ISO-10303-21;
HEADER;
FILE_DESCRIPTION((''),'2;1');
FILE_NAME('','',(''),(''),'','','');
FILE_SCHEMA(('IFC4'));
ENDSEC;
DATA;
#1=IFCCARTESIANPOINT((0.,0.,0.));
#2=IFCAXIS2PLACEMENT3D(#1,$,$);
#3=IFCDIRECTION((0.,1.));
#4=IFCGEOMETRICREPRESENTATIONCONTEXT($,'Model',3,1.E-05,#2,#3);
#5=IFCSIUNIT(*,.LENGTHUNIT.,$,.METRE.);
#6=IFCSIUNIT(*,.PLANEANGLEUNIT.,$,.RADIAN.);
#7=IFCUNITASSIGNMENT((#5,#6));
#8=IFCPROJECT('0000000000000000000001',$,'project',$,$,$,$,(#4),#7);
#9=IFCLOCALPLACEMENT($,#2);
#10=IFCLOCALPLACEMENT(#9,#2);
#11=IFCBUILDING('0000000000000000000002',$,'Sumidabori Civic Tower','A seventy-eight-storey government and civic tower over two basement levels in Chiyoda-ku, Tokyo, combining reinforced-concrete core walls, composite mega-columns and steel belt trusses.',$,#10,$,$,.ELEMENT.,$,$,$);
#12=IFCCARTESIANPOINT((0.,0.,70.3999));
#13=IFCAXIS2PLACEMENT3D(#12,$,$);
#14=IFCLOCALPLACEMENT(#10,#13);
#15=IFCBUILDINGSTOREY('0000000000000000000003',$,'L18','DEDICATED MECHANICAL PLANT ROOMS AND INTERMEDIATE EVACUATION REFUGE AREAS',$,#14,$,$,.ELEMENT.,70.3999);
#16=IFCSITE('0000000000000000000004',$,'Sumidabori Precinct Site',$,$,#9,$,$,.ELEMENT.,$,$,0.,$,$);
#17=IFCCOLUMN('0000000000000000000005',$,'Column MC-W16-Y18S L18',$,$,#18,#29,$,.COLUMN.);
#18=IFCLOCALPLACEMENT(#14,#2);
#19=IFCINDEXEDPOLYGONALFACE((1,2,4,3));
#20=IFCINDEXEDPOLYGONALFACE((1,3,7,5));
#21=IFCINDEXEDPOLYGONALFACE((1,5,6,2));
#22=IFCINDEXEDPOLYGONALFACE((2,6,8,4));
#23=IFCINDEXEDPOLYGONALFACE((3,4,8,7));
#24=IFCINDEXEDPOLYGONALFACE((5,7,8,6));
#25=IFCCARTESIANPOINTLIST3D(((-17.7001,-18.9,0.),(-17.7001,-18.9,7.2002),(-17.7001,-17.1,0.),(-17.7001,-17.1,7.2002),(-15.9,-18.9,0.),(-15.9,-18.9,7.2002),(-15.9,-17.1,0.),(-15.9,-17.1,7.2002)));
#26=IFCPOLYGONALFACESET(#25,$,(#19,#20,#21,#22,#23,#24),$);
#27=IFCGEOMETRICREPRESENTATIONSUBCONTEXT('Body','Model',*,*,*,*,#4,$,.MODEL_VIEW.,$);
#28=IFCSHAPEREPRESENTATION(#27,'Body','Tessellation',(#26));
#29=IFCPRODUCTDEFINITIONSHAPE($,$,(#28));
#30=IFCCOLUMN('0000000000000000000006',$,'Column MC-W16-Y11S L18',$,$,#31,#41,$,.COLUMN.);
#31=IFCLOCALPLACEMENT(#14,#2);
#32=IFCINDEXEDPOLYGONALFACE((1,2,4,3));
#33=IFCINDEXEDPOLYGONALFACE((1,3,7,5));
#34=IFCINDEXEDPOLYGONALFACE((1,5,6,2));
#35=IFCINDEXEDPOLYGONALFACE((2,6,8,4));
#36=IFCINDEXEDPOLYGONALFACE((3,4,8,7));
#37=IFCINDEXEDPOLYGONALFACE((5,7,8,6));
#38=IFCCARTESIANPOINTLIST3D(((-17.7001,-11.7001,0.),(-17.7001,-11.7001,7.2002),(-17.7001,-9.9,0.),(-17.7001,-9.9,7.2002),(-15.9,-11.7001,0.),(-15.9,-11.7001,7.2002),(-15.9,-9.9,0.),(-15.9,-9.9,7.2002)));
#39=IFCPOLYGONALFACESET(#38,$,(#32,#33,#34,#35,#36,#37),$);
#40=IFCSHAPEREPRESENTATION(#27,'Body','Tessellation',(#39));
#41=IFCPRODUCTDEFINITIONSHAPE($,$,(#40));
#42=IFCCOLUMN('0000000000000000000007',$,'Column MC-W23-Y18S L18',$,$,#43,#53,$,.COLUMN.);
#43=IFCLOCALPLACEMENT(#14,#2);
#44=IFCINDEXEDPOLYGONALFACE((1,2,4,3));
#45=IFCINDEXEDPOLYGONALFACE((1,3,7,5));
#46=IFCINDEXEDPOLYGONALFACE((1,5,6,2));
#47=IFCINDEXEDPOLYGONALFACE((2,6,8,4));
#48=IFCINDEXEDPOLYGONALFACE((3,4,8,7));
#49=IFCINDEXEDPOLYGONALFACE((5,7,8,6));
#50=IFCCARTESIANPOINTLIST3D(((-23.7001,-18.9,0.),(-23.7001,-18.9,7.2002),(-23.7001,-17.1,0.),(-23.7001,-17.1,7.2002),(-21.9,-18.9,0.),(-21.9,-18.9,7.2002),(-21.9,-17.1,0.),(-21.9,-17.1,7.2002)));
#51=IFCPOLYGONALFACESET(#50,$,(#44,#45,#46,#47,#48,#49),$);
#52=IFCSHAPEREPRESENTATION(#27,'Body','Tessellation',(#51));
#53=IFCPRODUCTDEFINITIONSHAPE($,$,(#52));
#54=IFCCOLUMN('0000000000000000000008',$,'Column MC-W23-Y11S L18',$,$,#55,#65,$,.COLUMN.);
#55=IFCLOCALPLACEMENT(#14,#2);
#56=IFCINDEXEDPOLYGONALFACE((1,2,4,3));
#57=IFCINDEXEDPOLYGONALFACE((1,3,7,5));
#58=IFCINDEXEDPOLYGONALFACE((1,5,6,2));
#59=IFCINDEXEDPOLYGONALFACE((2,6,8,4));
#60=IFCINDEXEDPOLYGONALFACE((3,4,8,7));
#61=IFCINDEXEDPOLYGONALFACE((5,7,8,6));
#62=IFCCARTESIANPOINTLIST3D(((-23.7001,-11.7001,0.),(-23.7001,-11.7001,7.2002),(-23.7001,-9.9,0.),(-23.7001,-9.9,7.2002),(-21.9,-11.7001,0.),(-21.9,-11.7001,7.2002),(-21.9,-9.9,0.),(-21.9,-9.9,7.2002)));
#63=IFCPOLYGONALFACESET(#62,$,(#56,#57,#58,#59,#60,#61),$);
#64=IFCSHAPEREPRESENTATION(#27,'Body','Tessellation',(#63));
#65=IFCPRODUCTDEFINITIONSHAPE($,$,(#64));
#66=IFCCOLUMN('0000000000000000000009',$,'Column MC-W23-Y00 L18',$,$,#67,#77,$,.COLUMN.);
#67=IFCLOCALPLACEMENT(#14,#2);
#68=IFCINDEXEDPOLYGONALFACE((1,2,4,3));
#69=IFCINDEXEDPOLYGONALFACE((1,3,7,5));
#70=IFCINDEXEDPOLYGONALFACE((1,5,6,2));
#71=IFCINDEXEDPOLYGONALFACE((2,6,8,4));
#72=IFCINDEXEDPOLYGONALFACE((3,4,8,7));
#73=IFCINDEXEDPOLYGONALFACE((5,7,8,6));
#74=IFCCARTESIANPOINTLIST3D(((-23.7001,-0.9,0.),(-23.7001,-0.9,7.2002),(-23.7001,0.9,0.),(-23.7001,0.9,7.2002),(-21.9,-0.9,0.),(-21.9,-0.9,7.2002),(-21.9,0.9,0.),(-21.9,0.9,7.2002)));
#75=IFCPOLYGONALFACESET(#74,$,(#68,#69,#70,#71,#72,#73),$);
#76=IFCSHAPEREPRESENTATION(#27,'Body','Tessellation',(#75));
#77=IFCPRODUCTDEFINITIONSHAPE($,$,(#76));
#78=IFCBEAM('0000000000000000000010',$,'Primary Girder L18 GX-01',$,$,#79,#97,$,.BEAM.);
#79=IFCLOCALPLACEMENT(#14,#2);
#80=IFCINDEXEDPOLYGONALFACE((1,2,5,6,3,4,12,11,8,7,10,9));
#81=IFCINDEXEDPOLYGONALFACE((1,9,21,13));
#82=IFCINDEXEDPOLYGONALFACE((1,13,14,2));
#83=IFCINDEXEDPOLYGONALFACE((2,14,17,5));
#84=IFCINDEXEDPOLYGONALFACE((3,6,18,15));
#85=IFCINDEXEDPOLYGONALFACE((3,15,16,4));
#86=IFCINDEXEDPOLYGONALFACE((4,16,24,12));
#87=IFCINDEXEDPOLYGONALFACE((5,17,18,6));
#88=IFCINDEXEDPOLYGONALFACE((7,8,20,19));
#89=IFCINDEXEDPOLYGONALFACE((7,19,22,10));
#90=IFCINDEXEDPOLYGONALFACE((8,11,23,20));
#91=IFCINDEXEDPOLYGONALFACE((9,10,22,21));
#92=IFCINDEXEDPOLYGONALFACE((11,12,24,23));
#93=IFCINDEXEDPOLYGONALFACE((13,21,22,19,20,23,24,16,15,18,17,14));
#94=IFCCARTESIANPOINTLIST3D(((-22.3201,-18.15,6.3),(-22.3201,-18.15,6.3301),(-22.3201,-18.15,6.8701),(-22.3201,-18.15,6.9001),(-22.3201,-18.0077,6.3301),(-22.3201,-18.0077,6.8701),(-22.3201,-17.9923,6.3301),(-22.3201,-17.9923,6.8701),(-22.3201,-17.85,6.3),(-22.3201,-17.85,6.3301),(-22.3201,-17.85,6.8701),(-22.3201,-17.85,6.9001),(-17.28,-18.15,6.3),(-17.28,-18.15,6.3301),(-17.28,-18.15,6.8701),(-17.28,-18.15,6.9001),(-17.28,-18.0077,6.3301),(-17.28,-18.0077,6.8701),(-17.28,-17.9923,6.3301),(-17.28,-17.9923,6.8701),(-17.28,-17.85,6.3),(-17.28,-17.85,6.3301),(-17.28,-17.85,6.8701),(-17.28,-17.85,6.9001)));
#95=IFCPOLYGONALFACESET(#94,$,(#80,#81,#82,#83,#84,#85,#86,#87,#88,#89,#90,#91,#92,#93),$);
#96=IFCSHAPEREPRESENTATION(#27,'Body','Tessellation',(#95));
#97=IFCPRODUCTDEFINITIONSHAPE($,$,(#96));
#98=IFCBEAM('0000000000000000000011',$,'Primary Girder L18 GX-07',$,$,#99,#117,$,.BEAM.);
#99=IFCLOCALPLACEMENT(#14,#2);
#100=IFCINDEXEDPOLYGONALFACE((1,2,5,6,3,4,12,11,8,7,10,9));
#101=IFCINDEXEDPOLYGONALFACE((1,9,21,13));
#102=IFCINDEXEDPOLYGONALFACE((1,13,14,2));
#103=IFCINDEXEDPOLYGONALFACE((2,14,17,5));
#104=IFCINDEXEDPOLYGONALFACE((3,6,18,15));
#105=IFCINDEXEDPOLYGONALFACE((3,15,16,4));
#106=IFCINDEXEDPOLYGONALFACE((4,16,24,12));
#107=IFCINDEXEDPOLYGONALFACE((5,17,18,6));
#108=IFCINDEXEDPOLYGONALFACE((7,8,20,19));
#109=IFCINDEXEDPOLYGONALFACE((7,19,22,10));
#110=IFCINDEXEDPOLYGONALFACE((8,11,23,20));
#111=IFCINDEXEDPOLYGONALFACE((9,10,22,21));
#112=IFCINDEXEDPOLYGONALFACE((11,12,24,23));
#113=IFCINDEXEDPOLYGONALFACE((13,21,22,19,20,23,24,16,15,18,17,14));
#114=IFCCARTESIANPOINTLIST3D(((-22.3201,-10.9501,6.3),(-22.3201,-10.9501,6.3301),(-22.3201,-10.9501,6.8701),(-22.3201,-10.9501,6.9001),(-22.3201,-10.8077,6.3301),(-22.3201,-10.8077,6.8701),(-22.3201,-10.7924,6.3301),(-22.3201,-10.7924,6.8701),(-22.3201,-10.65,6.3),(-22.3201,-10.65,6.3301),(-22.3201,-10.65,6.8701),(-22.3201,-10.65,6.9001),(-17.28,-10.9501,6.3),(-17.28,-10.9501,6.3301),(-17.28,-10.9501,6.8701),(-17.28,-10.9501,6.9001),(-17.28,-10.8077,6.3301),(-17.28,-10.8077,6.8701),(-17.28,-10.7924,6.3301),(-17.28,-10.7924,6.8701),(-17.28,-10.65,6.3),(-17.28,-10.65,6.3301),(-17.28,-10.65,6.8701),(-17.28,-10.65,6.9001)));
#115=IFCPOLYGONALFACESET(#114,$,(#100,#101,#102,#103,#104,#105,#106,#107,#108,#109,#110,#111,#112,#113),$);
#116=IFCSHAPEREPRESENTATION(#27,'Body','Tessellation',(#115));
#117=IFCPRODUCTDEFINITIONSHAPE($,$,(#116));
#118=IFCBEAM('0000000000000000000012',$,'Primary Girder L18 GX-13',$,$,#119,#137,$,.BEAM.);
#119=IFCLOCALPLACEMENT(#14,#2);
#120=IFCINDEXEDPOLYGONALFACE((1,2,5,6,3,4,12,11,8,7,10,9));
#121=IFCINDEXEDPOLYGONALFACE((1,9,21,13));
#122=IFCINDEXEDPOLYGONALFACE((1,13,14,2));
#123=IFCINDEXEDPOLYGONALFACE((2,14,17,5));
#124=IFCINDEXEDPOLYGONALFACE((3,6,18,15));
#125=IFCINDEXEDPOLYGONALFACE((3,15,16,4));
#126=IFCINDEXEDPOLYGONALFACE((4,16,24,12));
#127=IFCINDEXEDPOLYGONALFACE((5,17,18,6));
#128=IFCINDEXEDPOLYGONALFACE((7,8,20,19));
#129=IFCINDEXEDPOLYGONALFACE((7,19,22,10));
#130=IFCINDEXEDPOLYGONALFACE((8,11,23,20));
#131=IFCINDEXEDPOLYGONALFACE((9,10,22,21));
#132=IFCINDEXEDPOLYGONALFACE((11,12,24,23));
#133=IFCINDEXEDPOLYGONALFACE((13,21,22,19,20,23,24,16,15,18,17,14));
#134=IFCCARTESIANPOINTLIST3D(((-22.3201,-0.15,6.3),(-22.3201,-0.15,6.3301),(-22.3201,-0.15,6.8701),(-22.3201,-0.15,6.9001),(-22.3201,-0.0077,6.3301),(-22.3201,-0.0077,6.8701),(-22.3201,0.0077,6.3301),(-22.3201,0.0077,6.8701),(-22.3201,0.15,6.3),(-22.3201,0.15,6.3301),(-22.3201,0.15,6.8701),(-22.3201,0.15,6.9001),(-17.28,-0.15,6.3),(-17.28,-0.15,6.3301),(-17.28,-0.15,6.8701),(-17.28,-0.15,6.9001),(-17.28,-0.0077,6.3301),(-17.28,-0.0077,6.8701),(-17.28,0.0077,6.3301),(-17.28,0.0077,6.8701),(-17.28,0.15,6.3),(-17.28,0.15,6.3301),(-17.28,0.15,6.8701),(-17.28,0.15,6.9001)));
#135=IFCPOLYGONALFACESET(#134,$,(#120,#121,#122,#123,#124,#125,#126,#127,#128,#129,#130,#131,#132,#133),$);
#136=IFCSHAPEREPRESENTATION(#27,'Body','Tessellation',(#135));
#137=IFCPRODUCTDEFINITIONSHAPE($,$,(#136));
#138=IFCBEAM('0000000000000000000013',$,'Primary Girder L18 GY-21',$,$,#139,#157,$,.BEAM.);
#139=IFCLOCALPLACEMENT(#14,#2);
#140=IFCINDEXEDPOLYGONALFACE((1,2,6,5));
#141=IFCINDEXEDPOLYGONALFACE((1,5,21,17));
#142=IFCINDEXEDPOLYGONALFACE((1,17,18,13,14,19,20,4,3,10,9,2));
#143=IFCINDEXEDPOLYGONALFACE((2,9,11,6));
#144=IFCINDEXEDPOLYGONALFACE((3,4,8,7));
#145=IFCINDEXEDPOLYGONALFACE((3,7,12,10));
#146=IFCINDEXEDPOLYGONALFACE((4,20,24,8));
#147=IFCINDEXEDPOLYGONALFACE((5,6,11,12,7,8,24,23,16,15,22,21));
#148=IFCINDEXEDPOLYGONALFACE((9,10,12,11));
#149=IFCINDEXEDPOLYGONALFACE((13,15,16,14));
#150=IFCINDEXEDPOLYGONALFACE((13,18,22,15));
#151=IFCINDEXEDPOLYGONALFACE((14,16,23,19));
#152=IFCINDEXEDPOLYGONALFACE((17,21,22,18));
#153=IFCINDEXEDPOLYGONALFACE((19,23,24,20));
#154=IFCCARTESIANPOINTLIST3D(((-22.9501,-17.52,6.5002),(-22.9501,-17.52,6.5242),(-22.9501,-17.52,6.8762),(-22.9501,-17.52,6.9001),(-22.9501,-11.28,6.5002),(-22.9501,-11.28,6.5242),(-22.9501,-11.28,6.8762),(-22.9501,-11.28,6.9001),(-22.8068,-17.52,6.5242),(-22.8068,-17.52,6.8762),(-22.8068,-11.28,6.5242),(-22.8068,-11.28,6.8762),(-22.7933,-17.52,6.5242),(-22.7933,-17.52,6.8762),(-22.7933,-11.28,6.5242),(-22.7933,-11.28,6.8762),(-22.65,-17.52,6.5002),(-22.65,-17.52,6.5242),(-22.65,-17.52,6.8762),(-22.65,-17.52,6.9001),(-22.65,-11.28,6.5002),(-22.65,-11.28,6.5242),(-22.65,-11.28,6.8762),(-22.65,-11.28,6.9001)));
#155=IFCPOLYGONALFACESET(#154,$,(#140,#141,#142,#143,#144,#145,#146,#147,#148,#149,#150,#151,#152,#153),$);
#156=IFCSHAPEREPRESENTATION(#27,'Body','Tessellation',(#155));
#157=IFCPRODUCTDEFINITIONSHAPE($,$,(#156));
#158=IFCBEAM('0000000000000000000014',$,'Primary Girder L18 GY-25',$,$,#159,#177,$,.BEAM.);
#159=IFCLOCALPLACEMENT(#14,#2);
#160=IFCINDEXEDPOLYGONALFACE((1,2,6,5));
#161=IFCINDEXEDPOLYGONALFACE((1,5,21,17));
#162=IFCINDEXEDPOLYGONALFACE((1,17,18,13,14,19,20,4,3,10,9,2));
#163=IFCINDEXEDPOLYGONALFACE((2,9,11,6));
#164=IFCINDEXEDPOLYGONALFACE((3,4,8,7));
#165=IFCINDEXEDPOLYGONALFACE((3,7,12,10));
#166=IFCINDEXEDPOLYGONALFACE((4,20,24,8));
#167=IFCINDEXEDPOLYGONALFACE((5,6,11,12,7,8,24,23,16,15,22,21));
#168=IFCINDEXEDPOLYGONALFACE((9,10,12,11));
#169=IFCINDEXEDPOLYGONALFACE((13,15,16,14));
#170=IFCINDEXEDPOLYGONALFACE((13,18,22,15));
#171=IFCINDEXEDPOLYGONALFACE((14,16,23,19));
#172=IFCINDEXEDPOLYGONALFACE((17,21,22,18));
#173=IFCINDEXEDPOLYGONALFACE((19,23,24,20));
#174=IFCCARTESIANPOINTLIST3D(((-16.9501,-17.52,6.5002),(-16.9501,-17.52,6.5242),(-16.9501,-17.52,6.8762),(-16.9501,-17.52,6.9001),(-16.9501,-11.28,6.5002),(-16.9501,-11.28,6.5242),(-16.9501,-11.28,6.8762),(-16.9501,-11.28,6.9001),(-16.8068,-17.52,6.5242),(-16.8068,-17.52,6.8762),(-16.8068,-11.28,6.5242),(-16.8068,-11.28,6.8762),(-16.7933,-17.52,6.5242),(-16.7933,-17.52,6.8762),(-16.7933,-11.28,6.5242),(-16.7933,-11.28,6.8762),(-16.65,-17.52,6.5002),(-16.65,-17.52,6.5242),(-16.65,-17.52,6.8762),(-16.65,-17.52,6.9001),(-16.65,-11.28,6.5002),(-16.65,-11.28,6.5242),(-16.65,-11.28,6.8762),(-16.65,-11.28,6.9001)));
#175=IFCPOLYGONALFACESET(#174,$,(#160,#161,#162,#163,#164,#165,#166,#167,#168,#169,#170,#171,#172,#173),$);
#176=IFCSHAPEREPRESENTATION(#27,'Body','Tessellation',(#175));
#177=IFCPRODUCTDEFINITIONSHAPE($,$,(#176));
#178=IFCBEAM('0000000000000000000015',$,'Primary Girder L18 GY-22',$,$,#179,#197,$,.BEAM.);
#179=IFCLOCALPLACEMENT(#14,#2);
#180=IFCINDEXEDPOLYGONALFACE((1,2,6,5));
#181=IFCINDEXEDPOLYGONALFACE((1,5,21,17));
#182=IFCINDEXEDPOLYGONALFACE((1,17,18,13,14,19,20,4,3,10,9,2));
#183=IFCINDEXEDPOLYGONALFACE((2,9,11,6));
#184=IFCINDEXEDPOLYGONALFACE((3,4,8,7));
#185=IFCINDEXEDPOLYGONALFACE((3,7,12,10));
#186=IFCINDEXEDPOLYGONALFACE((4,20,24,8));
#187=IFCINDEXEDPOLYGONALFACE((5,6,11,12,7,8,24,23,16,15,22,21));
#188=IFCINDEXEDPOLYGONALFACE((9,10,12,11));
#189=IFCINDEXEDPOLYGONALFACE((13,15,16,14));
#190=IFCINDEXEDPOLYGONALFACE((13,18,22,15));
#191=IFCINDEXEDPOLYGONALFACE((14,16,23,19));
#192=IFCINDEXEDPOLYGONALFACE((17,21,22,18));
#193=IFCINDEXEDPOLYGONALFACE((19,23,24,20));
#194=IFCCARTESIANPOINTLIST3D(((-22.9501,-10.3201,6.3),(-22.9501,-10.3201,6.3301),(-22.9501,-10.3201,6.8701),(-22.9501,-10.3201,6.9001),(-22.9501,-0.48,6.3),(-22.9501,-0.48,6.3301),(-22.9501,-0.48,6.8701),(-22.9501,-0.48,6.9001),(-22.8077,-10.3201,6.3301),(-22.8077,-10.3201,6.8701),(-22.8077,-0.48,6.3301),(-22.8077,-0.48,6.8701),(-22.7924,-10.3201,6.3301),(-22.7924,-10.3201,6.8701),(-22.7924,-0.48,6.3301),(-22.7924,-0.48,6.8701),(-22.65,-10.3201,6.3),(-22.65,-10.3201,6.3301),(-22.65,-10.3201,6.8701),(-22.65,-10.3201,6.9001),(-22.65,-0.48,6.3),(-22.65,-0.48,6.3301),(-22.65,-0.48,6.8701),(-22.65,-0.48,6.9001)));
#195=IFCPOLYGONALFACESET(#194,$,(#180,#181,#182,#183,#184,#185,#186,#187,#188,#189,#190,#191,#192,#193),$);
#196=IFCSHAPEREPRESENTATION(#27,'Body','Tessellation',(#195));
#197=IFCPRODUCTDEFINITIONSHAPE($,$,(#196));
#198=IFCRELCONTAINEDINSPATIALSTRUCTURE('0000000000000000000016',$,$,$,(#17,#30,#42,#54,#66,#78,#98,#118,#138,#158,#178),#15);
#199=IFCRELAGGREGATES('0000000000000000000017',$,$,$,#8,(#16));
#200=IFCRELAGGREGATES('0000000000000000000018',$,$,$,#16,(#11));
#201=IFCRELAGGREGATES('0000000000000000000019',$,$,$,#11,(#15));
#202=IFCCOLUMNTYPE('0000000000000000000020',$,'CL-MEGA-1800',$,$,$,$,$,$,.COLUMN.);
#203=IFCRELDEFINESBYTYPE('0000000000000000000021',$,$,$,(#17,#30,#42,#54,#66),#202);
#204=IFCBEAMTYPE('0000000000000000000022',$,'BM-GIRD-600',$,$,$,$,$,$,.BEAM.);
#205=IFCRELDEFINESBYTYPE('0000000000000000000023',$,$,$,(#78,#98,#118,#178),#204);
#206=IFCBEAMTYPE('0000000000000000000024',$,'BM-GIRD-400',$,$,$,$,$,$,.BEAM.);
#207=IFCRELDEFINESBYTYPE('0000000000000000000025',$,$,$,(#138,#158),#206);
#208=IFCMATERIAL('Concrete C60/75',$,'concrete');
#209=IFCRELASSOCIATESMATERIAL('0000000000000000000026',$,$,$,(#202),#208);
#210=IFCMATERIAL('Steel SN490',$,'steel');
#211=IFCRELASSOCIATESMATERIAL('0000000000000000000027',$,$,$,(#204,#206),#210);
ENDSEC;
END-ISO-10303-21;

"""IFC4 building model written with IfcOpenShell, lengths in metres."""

from ifc_helpers import new_model, si_unit, direction, frame, origin, origin_2d, place, context, subcontext, project, spatial, rectangle, i_section, extrude, source, transform, mapped, material, material_profile, profile_set, type_object, element, save


model = new_model("IFC4")

# Units and contexts
model_context = context("Model", 3, precision=1e-05, world=origin(), true_north=direction((0.0, 1.0)))
body_context = subcontext(model_context, "Body", "Model", "MODEL_VIEW")
ifc_project = project(units=[si_unit("LENGTHUNIT", "METRE"), si_unit("PLANEANGLEUNIT", "RADIAN")], contexts=[model_context])

# Site, building, storey
site_placement = place(None, origin())
site = spatial("IfcSite", under=ifc_project, at=site_placement, Name="Sumidabori Precinct Site", CompositionType="ELEMENT", RefElevation=0.0)
building_placement = place(site_placement, origin())
building = spatial("IfcBuilding", under=site, at=building_placement, Name="Sumidabori Civic Tower", Description="A seventy-eight-storey government and civic tower over two basement levels in Chiyoda-ku, Tokyo, combining reinforced-concrete core walls, composite mega-columns and steel belt trusses.", CompositionType="ELEMENT")
storey_placement = place(building_placement, frame((0.0, 0.0, 70.3999)))
storey = spatial("IfcBuildingStorey", under=building, at=storey_placement, Name="L18", Description="DEDICATED MECHANICAL PLANT ROOMS AND INTERMEDIATE EVACUATION REFUGE AREAS", CompositionType="ELEMENT", Elevation=70.3999)

# Columns
ifc_material_1 = material(Name="Concrete C60/75", Category="concrete")
ifc_material_profile_1 = material_profile(ifc_material_1, rectangle(XDim=1.8, YDim=1.8, at=origin_2d()), Name="RC 1800x1800")
ifc_profile_set_1 = profile_set([ifc_material_profile_1], Name="Concrete C60/75")
column_type = type_object("IfcColumnType", Name="CL-MEGA-1800", PredefinedType="COLUMN", material=ifc_profile_set_1)
shared_shape_1 = source(origin(), body_context, "Body", "SweptSolid", [
    extrude(rectangle(XDim=1.8, YDim=1.8, at=origin_2d()), origin(), (0.0, 0.0, 1.0), 7.2002),
])
for number, where, z_axis, x_axis, name in (
    (1, (-16.8, -18.0, 0.0), (0.0, 0.0, 1.0), (1.0, 0.0, 0.0), "Column MC-W16-Y18S L18"),
    (2, (-16.8, -10.8, 0.0), (0.0, 0.0, 1.0), (1.0, 0.0, 0.0), "Column MC-W16-Y11S L18"),
    (3, (-22.8, -18.0, 0.0), (0.0, 0.0, 1.0), (1.0, 0.0, 0.0), "Column MC-W23-Y18S L18"),
    (4, (-22.8, -10.8, 0.0), (0.0, 0.0, 1.0), (1.0, 0.0, 0.0), "Column MC-W23-Y11S L18"),
    (5, (-22.8, 0.0, 0.0), (0.0, 0.0, 1.0), (1.0, 0.0, 0.0), "Column MC-W23-Y00 L18"),
):
    element("IfcColumn", number, at=place(storey_placement, frame(where, z_axis=z_axis, x_axis=x_axis)), inside=storey, type_object=column_type, Name=name, PredefinedType="COLUMN", context=body_context, shape_type="MappedRepresentation", body=[
        mapped(shared_shape_1, transform((0.0, 0.0, 0.0), x_axis=(1.0, 0.0, 0.0), y_axis=(0.0, 1.0, 0.0), z_axis=(0.0, 0.0, 1.0), scale=1.0)),
    ])

# Beams
ifc_material_2 = material(Name="Steel SN490", Category="steel")
ifc_material_profile_2 = material_profile(ifc_material_2, i_section(OverallWidth=0.3, OverallDepth=0.6001, WebThickness=0.0154, FlangeThickness=0.03, at=origin_2d()), Name="HE 600 B")
ifc_profile_set_2 = profile_set([ifc_material_profile_2], Name="Steel SN490")
beam_type_1 = type_object("IfcBeamType", Name="BM-GIRD-600", PredefinedType="BEAM", material=ifc_profile_set_2)
shared_shape_2 = source(origin(), body_context, "Body", "SweptSolid", [
    extrude(i_section(OverallWidth=0.3, OverallDepth=0.6001, WebThickness=0.0154, FlangeThickness=0.03, at=origin_2d()), origin(), (0.0, 0.0, 1.0), 5.04),
])
for number, where, z_axis, x_axis, name in (
    (6, (-22.3201, -18.0, 6.6001), (1.0, 0.0, 0.0), (0.0, 1.0, 0.0), "Primary Girder L18 GX-01"),
    (7, (-22.3201, -10.8, 6.6001), (1.0, 0.0, 0.0), (0.0, 1.0, 0.0), "Primary Girder L18 GX-07"),
    (8, (-22.3201, 0.0, 6.6001), (1.0, 0.0, 0.0), (0.0, 1.0, 0.0), "Primary Girder L18 GX-13"),
):
    element("IfcBeam", number, at=place(storey_placement, frame(where, z_axis=z_axis, x_axis=x_axis)), inside=storey, type_object=beam_type_1, Name=name, PredefinedType="BEAM", context=body_context, shape_type="MappedRepresentation", body=[
        mapped(shared_shape_2, transform((0.0, 0.0, 0.0), x_axis=(1.0, 0.0, 0.0), y_axis=(0.0, 1.0, 0.0), z_axis=(0.0, 0.0, 1.0), scale=1.0)),
    ])
ifc_material_profile_3 = material_profile(ifc_material_2, i_section(OverallWidth=0.3, OverallDepth=0.3999, WebThickness=0.0134, FlangeThickness=0.0239, at=origin_2d()), Name="HE 400 B")
ifc_profile_set_3 = profile_set([ifc_material_profile_3], Name="Steel SN490")
beam_type_2 = type_object("IfcBeamType", Name="BM-GIRD-400", PredefinedType="BEAM", material=ifc_profile_set_3)
shared_shape_3 = source(origin(), body_context, "Body", "SweptSolid", [
    extrude(i_section(OverallWidth=0.3, OverallDepth=0.3999, WebThickness=0.0134, FlangeThickness=0.0239, at=origin_2d()), origin(), (0.0, 0.0, 1.0), 6.24),
])
for number, where, z_axis, x_axis, name in (
    (9, (-22.8, -17.52, 6.7002), (0.0, 1.0, 0.0), (-1.0, 0.0, 0.0), "Primary Girder L18 GY-21"),
    (10, (-16.8, -17.52, 6.7002), (0.0, 1.0, 0.0), (-1.0, 0.0, 0.0), "Primary Girder L18 GY-25"),
):
    element("IfcBeam", number, at=place(storey_placement, frame(where, z_axis=z_axis, x_axis=x_axis)), inside=storey, type_object=beam_type_2, Name=name, PredefinedType="BEAM", context=body_context, shape_type="MappedRepresentation", body=[
        mapped(shared_shape_3, transform((0.0, 0.0, 0.0), x_axis=(1.0, 0.0, 0.0), y_axis=(0.0, 1.0, 0.0), z_axis=(0.0, 0.0, 1.0), scale=1.0)),
    ])
shared_shape_4 = source(origin(), body_context, "Body", "SweptSolid", [
    extrude(i_section(OverallWidth=0.3, OverallDepth=0.6001, WebThickness=0.0154, FlangeThickness=0.03, at=origin_2d()), origin(), (0.0, 0.0, 1.0), 9.8401),
])
for number, where, z_axis, x_axis, name in (
    (11, (-22.8, -10.3201, 6.6001), (0.0, 1.0, 0.0), (-1.0, 0.0, 0.0), "Primary Girder L18 GY-22"),
):
    element("IfcBeam", number, at=place(storey_placement, frame(where, z_axis=z_axis, x_axis=x_axis)), inside=storey, type_object=beam_type_1, Name=name, PredefinedType="BEAM", context=body_context, shape_type="MappedRepresentation", body=[
        mapped(shared_shape_4, transform((0.0, 0.0, 0.0), x_axis=(1.0, 0.0, 0.0), y_axis=(0.0, 1.0, 0.0), z_axis=(0.0, 0.0, 1.0), scale=1.0)),
    ])

save(model, "model.ifc")
